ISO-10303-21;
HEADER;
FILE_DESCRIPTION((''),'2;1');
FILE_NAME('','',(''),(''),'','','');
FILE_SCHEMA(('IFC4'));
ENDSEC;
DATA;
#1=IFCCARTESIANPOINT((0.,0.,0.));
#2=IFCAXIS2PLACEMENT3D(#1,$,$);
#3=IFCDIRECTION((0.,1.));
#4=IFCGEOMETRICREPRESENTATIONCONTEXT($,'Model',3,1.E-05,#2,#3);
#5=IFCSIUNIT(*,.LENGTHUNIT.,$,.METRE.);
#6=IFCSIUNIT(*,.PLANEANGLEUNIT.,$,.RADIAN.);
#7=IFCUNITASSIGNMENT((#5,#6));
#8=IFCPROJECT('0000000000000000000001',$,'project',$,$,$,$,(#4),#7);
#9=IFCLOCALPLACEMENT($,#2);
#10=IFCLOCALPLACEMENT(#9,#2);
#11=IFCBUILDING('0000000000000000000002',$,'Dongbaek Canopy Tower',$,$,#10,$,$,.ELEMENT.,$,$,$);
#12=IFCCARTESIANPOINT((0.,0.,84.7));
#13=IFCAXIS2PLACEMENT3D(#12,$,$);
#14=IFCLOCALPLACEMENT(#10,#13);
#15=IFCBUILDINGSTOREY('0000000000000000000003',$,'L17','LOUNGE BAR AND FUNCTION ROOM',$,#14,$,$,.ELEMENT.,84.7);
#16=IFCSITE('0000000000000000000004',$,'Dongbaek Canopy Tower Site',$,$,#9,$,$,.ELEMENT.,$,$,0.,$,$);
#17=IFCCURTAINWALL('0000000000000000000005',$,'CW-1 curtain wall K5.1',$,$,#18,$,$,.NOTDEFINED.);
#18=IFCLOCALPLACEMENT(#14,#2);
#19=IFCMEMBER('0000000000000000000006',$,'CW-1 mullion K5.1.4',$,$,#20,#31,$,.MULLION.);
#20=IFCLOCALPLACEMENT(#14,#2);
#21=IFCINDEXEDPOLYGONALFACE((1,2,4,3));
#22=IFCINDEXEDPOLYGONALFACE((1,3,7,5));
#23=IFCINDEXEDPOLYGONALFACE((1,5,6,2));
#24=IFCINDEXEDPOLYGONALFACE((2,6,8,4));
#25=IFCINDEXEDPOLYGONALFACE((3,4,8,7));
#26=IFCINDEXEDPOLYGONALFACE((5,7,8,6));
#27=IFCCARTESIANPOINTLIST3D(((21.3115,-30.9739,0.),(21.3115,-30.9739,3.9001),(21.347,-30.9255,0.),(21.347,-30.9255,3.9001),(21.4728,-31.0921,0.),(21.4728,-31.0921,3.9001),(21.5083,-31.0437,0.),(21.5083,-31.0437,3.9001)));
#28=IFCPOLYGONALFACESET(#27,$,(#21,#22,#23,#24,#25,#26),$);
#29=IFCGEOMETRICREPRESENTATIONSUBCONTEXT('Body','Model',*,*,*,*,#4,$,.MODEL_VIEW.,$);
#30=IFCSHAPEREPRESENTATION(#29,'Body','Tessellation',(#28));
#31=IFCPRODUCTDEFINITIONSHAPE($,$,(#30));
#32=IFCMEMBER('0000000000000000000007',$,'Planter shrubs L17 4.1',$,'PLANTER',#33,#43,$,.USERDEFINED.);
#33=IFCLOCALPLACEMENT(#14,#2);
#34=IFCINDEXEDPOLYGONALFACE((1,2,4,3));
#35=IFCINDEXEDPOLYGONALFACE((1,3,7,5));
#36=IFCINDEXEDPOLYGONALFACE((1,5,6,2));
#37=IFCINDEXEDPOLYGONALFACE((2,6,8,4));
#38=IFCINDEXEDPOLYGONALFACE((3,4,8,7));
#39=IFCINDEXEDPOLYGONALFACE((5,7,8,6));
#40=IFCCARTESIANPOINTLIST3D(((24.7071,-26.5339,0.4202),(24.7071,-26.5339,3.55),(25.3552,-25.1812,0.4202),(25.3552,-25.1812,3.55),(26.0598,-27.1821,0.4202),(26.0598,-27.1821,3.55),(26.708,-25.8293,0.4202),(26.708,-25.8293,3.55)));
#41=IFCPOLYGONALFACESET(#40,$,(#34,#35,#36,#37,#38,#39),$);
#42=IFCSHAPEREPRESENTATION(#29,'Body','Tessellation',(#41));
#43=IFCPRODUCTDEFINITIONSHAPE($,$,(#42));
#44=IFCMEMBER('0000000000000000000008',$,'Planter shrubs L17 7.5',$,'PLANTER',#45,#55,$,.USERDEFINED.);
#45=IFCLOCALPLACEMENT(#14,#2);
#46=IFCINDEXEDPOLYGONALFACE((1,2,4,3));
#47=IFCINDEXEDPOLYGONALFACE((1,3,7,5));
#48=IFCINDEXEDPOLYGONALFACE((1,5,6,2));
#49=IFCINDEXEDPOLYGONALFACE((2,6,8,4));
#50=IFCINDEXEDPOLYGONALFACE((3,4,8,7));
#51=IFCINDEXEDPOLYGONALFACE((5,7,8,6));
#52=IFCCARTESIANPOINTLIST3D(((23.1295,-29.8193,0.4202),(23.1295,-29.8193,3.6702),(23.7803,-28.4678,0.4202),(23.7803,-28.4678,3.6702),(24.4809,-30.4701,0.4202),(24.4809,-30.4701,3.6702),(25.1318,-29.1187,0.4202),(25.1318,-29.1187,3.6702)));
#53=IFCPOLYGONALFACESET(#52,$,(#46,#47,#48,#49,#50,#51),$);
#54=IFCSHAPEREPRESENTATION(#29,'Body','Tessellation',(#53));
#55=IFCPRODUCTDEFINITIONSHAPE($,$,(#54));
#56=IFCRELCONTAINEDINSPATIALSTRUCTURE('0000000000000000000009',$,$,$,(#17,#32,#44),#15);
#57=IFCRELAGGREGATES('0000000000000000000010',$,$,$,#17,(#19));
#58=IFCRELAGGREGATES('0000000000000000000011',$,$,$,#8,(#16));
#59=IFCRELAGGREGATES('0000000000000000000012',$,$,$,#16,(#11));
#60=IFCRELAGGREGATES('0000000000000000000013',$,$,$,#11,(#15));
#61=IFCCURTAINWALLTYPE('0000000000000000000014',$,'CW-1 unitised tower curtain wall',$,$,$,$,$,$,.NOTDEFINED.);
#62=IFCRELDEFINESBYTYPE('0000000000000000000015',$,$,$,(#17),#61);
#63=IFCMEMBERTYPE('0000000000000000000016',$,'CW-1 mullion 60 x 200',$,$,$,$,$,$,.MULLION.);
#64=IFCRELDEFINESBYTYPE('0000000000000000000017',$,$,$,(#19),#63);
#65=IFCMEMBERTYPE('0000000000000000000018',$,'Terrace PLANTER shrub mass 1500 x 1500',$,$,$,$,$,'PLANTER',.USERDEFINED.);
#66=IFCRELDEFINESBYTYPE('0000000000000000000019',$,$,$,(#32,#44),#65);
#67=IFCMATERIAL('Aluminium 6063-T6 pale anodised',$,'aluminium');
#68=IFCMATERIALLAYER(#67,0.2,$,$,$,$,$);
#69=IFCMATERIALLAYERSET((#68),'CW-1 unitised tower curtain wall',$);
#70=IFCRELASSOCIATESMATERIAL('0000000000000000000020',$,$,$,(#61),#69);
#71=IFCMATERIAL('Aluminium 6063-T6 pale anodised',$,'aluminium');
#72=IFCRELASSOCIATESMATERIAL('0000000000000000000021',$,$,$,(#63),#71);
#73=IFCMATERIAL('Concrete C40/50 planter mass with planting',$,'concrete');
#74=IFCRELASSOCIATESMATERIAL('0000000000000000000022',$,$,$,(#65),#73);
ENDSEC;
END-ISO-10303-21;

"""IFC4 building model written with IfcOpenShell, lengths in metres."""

from ifc_helpers import new_model, si_unit, direction, frame, origin, origin_2d, place, context, subcontext, project, spatial, rectangle, extrude, material, layer, layer_set, material_profile, profile_set, type_object, element, aggregate, save


model = new_model("IFC4")

# Units and contexts
model_context = context("Model", 3, precision=1e-05, world=origin(), true_north=direction((0.0, 1.0)))
body_context = subcontext(model_context, "Body", "Model", "MODEL_VIEW")
ifc_project = project(units=[si_unit("LENGTHUNIT", "METRE"), si_unit("PLANEANGLEUNIT", "RADIAN")], contexts=[model_context])

# Site, building, storey
site_placement = place(None, origin())
site = spatial("IfcSite", under=ifc_project, at=site_placement, Name="Dongbaek Canopy Tower Site", CompositionType="ELEMENT", RefElevation=0.0)
building_placement = place(site_placement, origin())
building = spatial("IfcBuilding", under=site, at=building_placement, Name="Dongbaek Canopy Tower", CompositionType="ELEMENT")
storey_placement = place(building_placement, frame((0.0, 0.0, 84.7)))
storey = spatial("IfcBuildingStorey", under=building, at=storey_placement, Name="L17", Description="LOUNGE BAR AND FUNCTION ROOM", CompositionType="ELEMENT", Elevation=84.7)

# Curtain wall, member
ifc_material_1 = material(Name="Aluminium 6063-T6 pale anodised", Category="aluminium")
ifc_layer_1 = layer(ifc_material_1, 0.2)
ifc_layer_set_1 = layer_set([ifc_layer_1], Name="CW-1 unitised tower curtain wall")
curtain_wall_type = type_object("IfcCurtainWallType", Name="CW-1 unitised tower curtain wall", PredefinedType="NOTDEFINED", material=ifc_layer_set_1)
curtain_wall_placement = place(storey_placement, origin())
curtain_wall = element("IfcCurtainWall", 1, at=curtain_wall_placement, inside=storey, type_object=curtain_wall_type, Name="CW-1 curtain wall K5.1", PredefinedType="NOTDEFINED")
ifc_material_2 = material(Name="Aluminium 6063-T6 pale anodised", Category="aluminium")
ifc_material_profile_1 = material_profile(ifc_material_2, rectangle(XDim=0.2, YDim=0.0601, at=origin_2d()), Name="CW-1 mullion 60 x 200")
ifc_profile_set_1 = profile_set([ifc_material_profile_1], Name="Aluminium 6063-T6 pale anodised")
member_type_1 = type_object("IfcMemberType", Name="CW-1 mullion 60 x 200", PredefinedType="MULLION", material=ifc_profile_set_1)
member_1_placement = place(storey_placement, frame((21.4099, -31.0088, 0.0), z_axis=(0.0, 0.0, 1.0), x_axis=(0.806486, -0.591253, 0.0)))
member_1 = element("IfcMember", 2, at=member_1_placement, type_object=member_type_1, Name="CW-1 mullion K5.1.4", PredefinedType="MULLION", context=body_context, shape_type="SweptSolid", body=[
    extrude(rectangle(XDim=0.2, YDim=0.0601, at=origin_2d()), origin(), (0.0, 0.0, 1.0), 3.9001),
])
aggregate(curtain_wall, [member_1])

# Members
ifc_material_3 = material(Name="Concrete C40/50 planter mass with planting", Category="concrete")
ifc_material_profile_2 = material_profile(ifc_material_3, rectangle(XDim=1.5, YDim=1.5, at=origin_2d()), Name="Terrace PLANTER shrub mass 1500 x 1500")
ifc_profile_set_2 = profile_set([ifc_material_profile_2], Name="Concrete C40/50 planter mass with planting")
member_type_2 = type_object("IfcMemberType", Name="Terrace PLANTER shrub mass 1500 x 1500", ElementType="PLANTER", PredefinedType="USERDEFINED", material=ifc_profile_set_2)
member_2_placement = place(storey_placement, frame((25.7075, -26.1816, 0.4202), z_axis=(0.0, 0.0, 1.0), x_axis=(0.901828, -0.432096, 0.0)))
element("IfcMember", 3, at=member_2_placement, inside=storey, type_object=member_type_2, Name="Planter shrubs L17 4.1", ObjectType="PLANTER", PredefinedType="USERDEFINED", context=body_context, shape_type="SweptSolid", body=[
    extrude(rectangle(XDim=1.5, YDim=1.5, at=origin_2d()), origin(), (0.0, 0.0, 1.0), 3.1299),
])
member_3_placement = place(storey_placement, frame((24.1306, -29.469, 0.4202), z_axis=(0.0, 0.0, 1.0), x_axis=(0.900961, -0.4339, 0.0)))
element("IfcMember", 4, at=member_3_placement, inside=storey, type_object=member_type_2, Name="Planter shrubs L17 7.5", ObjectType="PLANTER", PredefinedType="USERDEFINED", context=body_context, shape_type="SweptSolid", body=[
    extrude(rectangle(XDim=1.5, YDim=1.5, at=origin_2d()), origin(), (0.0, 0.0, 1.0), 3.25),
])

save(model, "model.ifc")
